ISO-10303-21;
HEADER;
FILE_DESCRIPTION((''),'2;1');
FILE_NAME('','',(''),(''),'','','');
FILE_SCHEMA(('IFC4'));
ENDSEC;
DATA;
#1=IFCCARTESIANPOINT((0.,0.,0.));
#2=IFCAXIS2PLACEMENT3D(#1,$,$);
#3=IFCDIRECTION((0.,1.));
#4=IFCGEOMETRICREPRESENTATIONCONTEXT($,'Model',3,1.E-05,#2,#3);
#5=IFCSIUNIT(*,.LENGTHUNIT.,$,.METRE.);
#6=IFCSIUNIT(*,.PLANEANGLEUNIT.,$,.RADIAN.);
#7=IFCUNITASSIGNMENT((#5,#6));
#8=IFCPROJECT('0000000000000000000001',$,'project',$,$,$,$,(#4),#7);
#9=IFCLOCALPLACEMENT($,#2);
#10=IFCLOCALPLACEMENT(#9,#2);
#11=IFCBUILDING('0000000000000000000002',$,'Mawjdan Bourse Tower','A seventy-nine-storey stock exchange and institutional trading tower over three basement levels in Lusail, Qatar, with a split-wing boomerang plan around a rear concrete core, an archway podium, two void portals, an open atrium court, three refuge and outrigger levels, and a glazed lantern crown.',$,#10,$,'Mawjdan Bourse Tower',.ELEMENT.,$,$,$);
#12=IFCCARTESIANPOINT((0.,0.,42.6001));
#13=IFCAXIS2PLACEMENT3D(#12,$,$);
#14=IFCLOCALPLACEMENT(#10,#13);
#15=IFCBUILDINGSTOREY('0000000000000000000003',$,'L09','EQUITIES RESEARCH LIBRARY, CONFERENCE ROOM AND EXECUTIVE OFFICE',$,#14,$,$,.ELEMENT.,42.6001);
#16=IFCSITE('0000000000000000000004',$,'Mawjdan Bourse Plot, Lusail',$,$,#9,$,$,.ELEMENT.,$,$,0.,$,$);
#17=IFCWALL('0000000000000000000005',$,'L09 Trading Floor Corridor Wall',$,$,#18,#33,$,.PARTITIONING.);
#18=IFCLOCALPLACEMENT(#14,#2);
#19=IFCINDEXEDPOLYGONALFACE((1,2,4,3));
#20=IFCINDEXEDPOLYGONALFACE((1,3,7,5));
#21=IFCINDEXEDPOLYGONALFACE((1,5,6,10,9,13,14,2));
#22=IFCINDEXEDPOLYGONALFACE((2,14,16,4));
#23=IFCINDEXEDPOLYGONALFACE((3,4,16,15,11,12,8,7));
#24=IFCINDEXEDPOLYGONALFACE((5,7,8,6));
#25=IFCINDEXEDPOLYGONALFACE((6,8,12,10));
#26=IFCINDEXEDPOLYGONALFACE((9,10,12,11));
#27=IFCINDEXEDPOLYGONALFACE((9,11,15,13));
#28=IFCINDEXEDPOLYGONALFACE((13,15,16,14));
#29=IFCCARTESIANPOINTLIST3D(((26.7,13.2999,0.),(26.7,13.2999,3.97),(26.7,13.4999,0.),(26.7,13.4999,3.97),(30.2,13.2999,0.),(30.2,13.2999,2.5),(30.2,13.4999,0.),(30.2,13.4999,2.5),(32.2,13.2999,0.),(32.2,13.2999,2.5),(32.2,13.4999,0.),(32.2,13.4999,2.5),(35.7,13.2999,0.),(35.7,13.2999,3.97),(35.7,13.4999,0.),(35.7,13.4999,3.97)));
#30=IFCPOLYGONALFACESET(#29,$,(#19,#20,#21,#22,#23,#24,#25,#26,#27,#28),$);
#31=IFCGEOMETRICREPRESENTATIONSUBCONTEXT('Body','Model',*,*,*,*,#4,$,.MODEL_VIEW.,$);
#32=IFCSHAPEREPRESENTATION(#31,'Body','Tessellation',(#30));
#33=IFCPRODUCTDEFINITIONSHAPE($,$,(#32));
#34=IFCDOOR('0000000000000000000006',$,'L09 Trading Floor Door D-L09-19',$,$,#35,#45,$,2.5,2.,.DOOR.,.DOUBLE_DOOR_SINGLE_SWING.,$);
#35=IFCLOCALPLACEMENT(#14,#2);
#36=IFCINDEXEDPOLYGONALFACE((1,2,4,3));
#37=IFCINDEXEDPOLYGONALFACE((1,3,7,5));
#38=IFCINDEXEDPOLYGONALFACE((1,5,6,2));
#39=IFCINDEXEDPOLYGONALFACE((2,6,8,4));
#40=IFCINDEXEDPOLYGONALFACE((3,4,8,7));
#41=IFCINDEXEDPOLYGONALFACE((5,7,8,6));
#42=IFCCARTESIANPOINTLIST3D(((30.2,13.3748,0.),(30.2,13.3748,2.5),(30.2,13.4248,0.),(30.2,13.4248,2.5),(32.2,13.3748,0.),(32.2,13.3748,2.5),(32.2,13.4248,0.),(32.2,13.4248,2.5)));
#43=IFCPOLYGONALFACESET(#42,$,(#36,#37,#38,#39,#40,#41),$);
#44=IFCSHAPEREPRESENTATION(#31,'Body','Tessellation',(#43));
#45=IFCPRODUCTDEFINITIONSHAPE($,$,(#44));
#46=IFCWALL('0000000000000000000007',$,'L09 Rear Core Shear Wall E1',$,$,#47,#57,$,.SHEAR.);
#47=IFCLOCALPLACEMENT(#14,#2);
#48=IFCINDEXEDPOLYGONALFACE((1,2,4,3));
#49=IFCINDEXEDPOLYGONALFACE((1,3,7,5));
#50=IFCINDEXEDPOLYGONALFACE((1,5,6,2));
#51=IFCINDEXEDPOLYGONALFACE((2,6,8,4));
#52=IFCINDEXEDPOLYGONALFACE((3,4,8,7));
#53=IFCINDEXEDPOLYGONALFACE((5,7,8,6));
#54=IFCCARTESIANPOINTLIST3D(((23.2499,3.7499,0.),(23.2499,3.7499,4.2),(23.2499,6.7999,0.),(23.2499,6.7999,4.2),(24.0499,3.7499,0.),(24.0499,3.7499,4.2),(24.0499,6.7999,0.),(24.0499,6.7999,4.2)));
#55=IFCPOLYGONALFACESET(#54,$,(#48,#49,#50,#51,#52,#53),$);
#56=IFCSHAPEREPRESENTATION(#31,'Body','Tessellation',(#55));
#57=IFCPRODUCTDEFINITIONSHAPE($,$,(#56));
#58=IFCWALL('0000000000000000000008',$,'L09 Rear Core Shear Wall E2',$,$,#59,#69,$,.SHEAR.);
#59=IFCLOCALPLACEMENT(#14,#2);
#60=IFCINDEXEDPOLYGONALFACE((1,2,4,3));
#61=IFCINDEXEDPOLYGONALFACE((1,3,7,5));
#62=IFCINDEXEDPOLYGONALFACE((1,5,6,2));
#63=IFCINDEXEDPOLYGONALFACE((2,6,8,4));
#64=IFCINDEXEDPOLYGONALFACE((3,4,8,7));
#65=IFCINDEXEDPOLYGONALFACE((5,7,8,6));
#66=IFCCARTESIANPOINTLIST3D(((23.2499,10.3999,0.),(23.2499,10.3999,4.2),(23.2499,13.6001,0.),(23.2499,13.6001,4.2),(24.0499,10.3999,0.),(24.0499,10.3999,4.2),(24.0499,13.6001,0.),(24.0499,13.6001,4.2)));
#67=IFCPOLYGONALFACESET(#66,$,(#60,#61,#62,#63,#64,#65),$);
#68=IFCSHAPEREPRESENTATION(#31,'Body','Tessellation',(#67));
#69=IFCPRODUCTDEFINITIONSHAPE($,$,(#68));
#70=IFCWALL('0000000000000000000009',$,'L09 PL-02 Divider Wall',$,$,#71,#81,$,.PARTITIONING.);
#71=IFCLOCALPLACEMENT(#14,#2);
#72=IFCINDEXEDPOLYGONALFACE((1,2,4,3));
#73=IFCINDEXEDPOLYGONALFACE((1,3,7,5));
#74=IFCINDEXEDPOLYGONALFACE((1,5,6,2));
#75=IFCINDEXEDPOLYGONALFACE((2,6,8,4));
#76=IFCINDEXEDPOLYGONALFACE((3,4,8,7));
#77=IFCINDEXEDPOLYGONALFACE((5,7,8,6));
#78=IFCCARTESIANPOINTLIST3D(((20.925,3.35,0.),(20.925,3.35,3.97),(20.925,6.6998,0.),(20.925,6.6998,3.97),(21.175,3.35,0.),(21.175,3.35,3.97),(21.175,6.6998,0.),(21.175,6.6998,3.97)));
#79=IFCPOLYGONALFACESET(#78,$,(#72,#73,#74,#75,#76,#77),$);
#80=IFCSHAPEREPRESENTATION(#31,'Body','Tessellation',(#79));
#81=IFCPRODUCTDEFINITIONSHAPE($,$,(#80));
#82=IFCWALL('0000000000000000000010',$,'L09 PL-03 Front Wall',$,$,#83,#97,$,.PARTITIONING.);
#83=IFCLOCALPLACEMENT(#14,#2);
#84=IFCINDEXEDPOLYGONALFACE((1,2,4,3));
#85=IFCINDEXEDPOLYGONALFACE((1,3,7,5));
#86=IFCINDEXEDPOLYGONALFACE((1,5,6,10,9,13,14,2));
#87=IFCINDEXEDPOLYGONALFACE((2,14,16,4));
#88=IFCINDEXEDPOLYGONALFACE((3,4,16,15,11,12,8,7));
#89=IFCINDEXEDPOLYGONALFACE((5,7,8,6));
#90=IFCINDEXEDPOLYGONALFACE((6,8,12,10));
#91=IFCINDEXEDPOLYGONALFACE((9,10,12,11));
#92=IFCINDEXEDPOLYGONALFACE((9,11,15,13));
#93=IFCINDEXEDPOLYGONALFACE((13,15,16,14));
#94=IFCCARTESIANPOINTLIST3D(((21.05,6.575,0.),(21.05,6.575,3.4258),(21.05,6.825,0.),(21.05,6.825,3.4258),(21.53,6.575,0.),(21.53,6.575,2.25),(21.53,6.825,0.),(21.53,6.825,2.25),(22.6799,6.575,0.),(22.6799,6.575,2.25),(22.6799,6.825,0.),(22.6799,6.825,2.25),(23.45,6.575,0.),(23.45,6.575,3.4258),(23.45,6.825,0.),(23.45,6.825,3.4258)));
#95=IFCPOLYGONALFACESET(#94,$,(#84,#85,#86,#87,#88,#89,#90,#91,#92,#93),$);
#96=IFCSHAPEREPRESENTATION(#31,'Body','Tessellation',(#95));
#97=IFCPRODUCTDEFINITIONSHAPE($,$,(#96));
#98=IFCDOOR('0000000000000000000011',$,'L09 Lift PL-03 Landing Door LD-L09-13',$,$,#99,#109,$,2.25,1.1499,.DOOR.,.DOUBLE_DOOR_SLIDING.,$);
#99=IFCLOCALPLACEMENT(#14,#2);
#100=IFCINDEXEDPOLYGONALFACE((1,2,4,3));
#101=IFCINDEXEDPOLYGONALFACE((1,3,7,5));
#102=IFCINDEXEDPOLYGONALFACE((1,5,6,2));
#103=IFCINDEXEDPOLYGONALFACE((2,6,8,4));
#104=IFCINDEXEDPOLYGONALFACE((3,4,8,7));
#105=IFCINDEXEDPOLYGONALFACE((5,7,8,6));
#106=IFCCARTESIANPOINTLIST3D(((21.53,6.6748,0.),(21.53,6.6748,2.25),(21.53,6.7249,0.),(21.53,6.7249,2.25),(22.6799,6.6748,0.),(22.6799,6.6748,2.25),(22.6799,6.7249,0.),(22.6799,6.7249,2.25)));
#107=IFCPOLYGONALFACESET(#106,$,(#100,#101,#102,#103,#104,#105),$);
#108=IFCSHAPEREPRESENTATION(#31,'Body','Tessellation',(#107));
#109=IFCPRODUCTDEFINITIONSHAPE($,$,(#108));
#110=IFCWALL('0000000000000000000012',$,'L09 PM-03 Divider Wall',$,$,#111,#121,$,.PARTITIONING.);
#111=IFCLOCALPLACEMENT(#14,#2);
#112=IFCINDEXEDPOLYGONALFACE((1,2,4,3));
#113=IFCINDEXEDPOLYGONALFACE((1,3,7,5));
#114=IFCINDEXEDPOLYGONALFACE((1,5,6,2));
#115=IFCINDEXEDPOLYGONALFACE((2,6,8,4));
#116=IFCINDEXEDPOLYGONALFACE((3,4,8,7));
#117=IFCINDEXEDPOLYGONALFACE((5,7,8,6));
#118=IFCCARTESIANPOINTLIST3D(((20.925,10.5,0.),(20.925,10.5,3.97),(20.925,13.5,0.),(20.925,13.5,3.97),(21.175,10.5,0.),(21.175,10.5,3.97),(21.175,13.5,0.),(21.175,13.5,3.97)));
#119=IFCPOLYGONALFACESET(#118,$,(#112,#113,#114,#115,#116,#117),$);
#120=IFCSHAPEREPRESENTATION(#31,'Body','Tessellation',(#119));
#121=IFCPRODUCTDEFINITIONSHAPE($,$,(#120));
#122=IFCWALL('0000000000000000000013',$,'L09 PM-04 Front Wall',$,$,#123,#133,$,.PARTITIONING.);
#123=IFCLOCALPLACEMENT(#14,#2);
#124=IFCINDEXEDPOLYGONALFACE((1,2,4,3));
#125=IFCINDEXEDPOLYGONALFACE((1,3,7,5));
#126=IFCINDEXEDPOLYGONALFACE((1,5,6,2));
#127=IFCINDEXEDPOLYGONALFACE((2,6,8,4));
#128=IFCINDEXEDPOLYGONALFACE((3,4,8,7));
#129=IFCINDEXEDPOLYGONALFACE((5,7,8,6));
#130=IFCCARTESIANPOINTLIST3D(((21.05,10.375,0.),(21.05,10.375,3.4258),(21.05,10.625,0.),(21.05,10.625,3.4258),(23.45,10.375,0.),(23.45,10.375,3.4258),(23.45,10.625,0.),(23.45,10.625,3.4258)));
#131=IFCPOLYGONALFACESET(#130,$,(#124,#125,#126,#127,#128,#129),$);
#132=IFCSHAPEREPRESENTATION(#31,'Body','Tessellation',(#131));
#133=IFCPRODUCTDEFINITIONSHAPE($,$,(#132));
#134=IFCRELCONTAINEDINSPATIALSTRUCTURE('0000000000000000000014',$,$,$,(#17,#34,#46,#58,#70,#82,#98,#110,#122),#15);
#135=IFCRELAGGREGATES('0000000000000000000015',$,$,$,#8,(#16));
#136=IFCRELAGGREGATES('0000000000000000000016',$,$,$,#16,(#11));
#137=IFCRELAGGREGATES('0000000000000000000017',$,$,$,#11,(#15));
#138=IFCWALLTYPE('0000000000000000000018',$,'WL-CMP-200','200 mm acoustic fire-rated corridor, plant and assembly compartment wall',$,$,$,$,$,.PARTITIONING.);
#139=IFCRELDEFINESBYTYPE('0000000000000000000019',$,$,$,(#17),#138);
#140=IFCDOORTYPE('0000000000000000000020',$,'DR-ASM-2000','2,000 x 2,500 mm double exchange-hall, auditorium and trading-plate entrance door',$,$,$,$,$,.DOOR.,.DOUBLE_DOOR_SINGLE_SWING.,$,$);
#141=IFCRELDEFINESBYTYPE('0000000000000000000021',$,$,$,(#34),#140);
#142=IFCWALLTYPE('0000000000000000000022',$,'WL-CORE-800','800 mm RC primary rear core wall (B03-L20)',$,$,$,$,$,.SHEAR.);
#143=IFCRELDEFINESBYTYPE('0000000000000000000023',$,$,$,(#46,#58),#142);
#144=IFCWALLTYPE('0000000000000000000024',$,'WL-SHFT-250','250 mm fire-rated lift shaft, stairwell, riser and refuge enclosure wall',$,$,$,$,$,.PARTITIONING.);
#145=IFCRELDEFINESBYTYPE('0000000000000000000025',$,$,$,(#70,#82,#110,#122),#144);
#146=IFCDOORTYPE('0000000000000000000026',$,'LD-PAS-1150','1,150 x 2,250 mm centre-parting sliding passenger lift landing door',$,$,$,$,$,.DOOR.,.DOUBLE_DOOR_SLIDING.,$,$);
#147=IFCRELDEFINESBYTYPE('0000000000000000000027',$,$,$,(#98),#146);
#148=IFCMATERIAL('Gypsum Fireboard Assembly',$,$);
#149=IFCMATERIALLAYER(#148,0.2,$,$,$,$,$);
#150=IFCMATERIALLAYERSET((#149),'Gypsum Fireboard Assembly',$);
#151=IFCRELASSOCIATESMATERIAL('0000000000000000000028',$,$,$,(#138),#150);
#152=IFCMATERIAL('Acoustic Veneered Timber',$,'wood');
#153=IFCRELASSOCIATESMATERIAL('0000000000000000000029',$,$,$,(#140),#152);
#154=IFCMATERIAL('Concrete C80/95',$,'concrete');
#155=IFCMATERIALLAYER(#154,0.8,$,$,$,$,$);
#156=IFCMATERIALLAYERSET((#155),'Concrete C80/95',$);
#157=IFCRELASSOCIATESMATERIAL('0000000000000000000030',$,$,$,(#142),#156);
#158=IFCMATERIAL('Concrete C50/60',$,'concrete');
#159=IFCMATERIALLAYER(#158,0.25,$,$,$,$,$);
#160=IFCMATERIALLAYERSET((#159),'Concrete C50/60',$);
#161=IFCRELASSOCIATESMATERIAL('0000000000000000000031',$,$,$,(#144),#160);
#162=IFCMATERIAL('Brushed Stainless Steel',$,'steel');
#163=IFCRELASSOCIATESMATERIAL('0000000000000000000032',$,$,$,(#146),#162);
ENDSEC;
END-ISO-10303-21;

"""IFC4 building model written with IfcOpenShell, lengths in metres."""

from ifc_helpers import new_model, si_unit, direction, frame, frame_2d, origin, place, context, subcontext, project, spatial, rectangle, extrude, material, layer, layer_set, type_object, element, fill, save


model = new_model("IFC4")

# Units and contexts
model_context = context("Model", 3, precision=1e-05, world=origin(), true_north=direction((0.0, 1.0)))
body_context = subcontext(model_context, "Body", "Model", "MODEL_VIEW")
ifc_project = project(units=[si_unit("LENGTHUNIT", "METRE"), si_unit("PLANEANGLEUNIT", "RADIAN")], contexts=[model_context])

# Site, building, storey
site_placement = place(None, origin())
site = spatial("IfcSite", under=ifc_project, at=site_placement, Name="Mawjdan Bourse Plot, Lusail", CompositionType="ELEMENT", RefElevation=0.0)
building_placement = place(site_placement, origin())
building = spatial("IfcBuilding", under=site, at=building_placement, Name="Mawjdan Bourse Tower", Description="A seventy-nine-storey stock exchange and institutional trading tower over three basement levels in Lusail, Qatar, with a split-wing boomerang plan around a rear concrete core, an archway podium, two void portals, an open atrium court, three refuge and outrigger levels, and a glazed lantern crown.", LongName="Mawjdan Bourse Tower", CompositionType="ELEMENT")
storey_placement = place(building_placement, frame((0.0, 0.0, 42.6001)))
storey = spatial("IfcBuildingStorey", under=building, at=storey_placement, Name="L09", Description="EQUITIES RESEARCH LIBRARY, CONFERENCE ROOM AND EXECUTIVE OFFICE", CompositionType="ELEMENT", Elevation=42.6001)

# Shared definitions
ifc_material_1 = material(Name="Concrete C80/95", Category="concrete")

# Shared definitions
ifc_material_2 = material(Name="Gypsum Fireboard Assembly")
ifc_layer_1 = layer(ifc_material_2, 0.2)
ifc_layer_set_1 = layer_set([ifc_layer_1], Name="Gypsum Fireboard Assembly")
wall_type_1 = type_object("IfcWallType", Name="WL-CMP-200", Description="200 mm acoustic fire-rated corridor, plant and assembly compartment wall", PredefinedType="PARTITIONING", material=ifc_layer_set_1)

# Wall, opening, door
wall_1_placement = place(storey_placement, frame((26.7, 13.3999, 0.0), z_axis=(0.0, 0.0, 1.0), x_axis=(1.0, 0.0, 0.0)))
wall_1 = element("IfcWall", 1, at=wall_1_placement, inside=storey, type_object=wall_type_1, Name="L09 Trading Floor Corridor Wall", PredefinedType="PARTITIONING", context=body_context, shape_type="SweptSolid", body=[
    extrude(rectangle(XDim=9.0, YDim=0.2, at=frame_2d((4.5, 0.0))), origin(), (0.0, 0.0, 1.0), 3.97),
])
opening_1_placement = place(wall_1_placement, frame((3.5, 0.0, 0.0)))
opening_1 = element("IfcOpeningElement", 2, at=opening_1_placement, cuts=wall_1, PredefinedType="OPENING", context=body_context, shape_type="SweptSolid", body=[
    extrude(rectangle(XDim=2.0, YDim=2.5, at=frame_2d((1.0, 1.25))), frame((0.0, 0.1099, 0.0), z_axis=(0.0, -1.0, 0.0), x_axis=(1.0, 0.0, 0.0)), (0.0, 0.0, 1.0), 0.22),
])
ifc_material_3 = material(Name="Acoustic Veneered Timber", Category="wood")
door_type_1 = type_object("IfcDoorType", Name="DR-ASM-2000", Description="2,000 x 2,500 mm double exchange-hall, auditorium and trading-plate entrance door", OperationType="DOUBLE_DOOR_SINGLE_SWING", PredefinedType="DOOR", material=ifc_material_3)
door_1_placement = place(opening_1_placement, origin())
door_1 = element("IfcDoor", 3, at=door_1_placement, inside=storey, type_object=door_type_1, Name="L09 Trading Floor Door D-L09-19", OperationType="DOUBLE_DOOR_SINGLE_SWING", OverallHeight=2.5, OverallWidth=2.0, PredefinedType="DOOR", context=body_context, shape_type="SweptSolid", body=[
    extrude(rectangle(XDim=2.0, YDim=2.5, at=frame_2d((1.0, 1.25))), frame((0.0, 0.0249, 0.0), z_axis=(0.0, -1.0, 0.0), x_axis=(1.0, 0.0, 0.0)), (0.0, 0.0, 1.0), 0.05),
])
fill(opening_1, door_1)

# Walls
ifc_layer_2 = layer(ifc_material_1, 0.8)
ifc_layer_set_2 = layer_set([ifc_layer_2], Name="Concrete C80/95")
wall_type_2 = type_object("IfcWallType", Name="WL-CORE-800", Description="800 mm RC primary rear core wall (B03-L20)", PredefinedType="SHEAR", material=ifc_layer_set_2)
wall_2_placement = place(storey_placement, frame((23.6499, 3.75, 0.0), z_axis=(0.0, 0.0, 1.0), x_axis=(0.0, 1.0, 0.0)))
element("IfcWall", 4, at=wall_2_placement, inside=storey, type_object=wall_type_2, Name="L09 Rear Core Shear Wall E1", PredefinedType="SHEAR", context=body_context, shape_type="SweptSolid", body=[
    extrude(rectangle(XDim=3.05, YDim=0.8, at=frame_2d((1.5249, 0.0))), origin(), (0.0, 0.0, 1.0), 4.2),
])
wall_3_placement = place(storey_placement, frame((23.6499, 10.3999, 0.0), z_axis=(0.0, 0.0, 1.0), x_axis=(0.0, 1.0, 0.0)))
element("IfcWall", 5, at=wall_3_placement, inside=storey, type_object=wall_type_2, Name="L09 Rear Core Shear Wall E2", PredefinedType="SHEAR", context=body_context, shape_type="SweptSolid", body=[
    extrude(rectangle(XDim=3.2002, YDim=0.8, at=frame_2d((1.6001, 0.0))), origin(), (0.0, 0.0, 1.0), 4.2),
])
ifc_material_4 = material(Name="Concrete C50/60", Category="concrete")
ifc_layer_3 = layer(ifc_material_4, 0.25)
ifc_layer_set_3 = layer_set([ifc_layer_3], Name="Concrete C50/60")
wall_type_3 = type_object("IfcWallType", Name="WL-SHFT-250", Description="250 mm fire-rated lift shaft, stairwell, riser and refuge enclosure wall", PredefinedType="PARTITIONING", material=ifc_layer_set_3)
wall_4_placement = place(storey_placement, frame((21.05, 3.3501, 0.0), z_axis=(0.0, 0.0, 1.0), x_axis=(0.0, 1.0, 0.0)))
element("IfcWall", 6, at=wall_4_placement, inside=storey, type_object=wall_type_3, Name="L09 PL-02 Divider Wall", PredefinedType="PARTITIONING", context=body_context, shape_type="SweptSolid", body=[
    extrude(rectangle(XDim=3.3499, YDim=0.25, at=frame_2d((1.6748, 0.0))), origin(), (0.0, 0.0, 1.0), 3.97),
])

# Wall, opening, door
wall_5_placement = place(storey_placement, frame((21.05, 6.7, 0.0), z_axis=(0.0, 0.0, 1.0), x_axis=(1.0, 0.0, 0.0)))
wall_5 = element("IfcWall", 7, at=wall_5_placement, inside=storey, type_object=wall_type_3, Name="L09 PL-03 Front Wall", PredefinedType="PARTITIONING", context=body_context, shape_type="SweptSolid", body=[
    extrude(rectangle(XDim=2.3999, YDim=0.25, at=frame_2d((1.2, 0.0))), origin(), (0.0, 0.0, 1.0), 3.4258),
])
opening_2_placement = place(wall_5_placement, frame((0.48, 0.0, 0.0)))
opening_2 = element("IfcOpeningElement", 8, at=opening_2_placement, cuts=wall_5, PredefinedType="OPENING", context=body_context, shape_type="SweptSolid", body=[
    extrude(rectangle(XDim=1.1499, YDim=2.25, at=frame_2d((0.575, 1.125))), frame((0.0, 0.135, 0.0), z_axis=(0.0, -1.0, 0.0), x_axis=(1.0, 0.0, 0.0)), (0.0, 0.0, 1.0), 0.27),
])
ifc_material_5 = material(Name="Brushed Stainless Steel", Category="steel")
door_type_2 = type_object("IfcDoorType", Name="LD-PAS-1150", Description="1,150 x 2,250 mm centre-parting sliding passenger lift landing door", OperationType="DOUBLE_DOOR_SLIDING", PredefinedType="DOOR", material=ifc_material_5)
door_2_placement = place(opening_2_placement, origin())
door_2 = element("IfcDoor", 9, at=door_2_placement, inside=storey, type_object=door_type_2, Name="L09 Lift PL-03 Landing Door LD-L09-13", OperationType="DOUBLE_DOOR_SLIDING", OverallHeight=2.25, OverallWidth=1.1499, PredefinedType="DOOR", context=body_context, shape_type="SweptSolid", body=[
    extrude(rectangle(XDim=1.1499, YDim=2.25, at=frame_2d((0.575, 1.125))), frame((0.0, 0.0249, 0.0), z_axis=(0.0, -1.0, 0.0), x_axis=(1.0, 0.0, 0.0)), (0.0, 0.0, 1.0), 0.05),
])
fill(opening_2, door_2)

# Walls
wall_6_placement = place(storey_placement, frame((21.05, 10.5, 0.0), z_axis=(0.0, 0.0, 1.0), x_axis=(0.0, 1.0, 0.0)))
element("IfcWall", 10, at=wall_6_placement, inside=storey, type_object=wall_type_3, Name="L09 PM-03 Divider Wall", PredefinedType="PARTITIONING", context=body_context, shape_type="SweptSolid", body=[
    extrude(rectangle(XDim=3.0, YDim=0.25, at=frame_2d((1.5, 0.0))), origin(), (0.0, 0.0, 1.0), 3.97),
])
wall_7_placement = place(storey_placement, frame((21.05, 10.5, 0.0), z_axis=(0.0, 0.0, 1.0), x_axis=(1.0, 0.0, 0.0)))
element("IfcWall", 11, at=wall_7_placement, inside=storey, type_object=wall_type_3, Name="L09 PM-04 Front Wall", PredefinedType="PARTITIONING", context=body_context, shape_type="SweptSolid", body=[
    extrude(rectangle(XDim=2.3999, YDim=0.25, at=frame_2d((1.2, 0.0))), origin(), (0.0, 0.0, 1.0), 3.4258),
])

save(model, "model.ifc")
